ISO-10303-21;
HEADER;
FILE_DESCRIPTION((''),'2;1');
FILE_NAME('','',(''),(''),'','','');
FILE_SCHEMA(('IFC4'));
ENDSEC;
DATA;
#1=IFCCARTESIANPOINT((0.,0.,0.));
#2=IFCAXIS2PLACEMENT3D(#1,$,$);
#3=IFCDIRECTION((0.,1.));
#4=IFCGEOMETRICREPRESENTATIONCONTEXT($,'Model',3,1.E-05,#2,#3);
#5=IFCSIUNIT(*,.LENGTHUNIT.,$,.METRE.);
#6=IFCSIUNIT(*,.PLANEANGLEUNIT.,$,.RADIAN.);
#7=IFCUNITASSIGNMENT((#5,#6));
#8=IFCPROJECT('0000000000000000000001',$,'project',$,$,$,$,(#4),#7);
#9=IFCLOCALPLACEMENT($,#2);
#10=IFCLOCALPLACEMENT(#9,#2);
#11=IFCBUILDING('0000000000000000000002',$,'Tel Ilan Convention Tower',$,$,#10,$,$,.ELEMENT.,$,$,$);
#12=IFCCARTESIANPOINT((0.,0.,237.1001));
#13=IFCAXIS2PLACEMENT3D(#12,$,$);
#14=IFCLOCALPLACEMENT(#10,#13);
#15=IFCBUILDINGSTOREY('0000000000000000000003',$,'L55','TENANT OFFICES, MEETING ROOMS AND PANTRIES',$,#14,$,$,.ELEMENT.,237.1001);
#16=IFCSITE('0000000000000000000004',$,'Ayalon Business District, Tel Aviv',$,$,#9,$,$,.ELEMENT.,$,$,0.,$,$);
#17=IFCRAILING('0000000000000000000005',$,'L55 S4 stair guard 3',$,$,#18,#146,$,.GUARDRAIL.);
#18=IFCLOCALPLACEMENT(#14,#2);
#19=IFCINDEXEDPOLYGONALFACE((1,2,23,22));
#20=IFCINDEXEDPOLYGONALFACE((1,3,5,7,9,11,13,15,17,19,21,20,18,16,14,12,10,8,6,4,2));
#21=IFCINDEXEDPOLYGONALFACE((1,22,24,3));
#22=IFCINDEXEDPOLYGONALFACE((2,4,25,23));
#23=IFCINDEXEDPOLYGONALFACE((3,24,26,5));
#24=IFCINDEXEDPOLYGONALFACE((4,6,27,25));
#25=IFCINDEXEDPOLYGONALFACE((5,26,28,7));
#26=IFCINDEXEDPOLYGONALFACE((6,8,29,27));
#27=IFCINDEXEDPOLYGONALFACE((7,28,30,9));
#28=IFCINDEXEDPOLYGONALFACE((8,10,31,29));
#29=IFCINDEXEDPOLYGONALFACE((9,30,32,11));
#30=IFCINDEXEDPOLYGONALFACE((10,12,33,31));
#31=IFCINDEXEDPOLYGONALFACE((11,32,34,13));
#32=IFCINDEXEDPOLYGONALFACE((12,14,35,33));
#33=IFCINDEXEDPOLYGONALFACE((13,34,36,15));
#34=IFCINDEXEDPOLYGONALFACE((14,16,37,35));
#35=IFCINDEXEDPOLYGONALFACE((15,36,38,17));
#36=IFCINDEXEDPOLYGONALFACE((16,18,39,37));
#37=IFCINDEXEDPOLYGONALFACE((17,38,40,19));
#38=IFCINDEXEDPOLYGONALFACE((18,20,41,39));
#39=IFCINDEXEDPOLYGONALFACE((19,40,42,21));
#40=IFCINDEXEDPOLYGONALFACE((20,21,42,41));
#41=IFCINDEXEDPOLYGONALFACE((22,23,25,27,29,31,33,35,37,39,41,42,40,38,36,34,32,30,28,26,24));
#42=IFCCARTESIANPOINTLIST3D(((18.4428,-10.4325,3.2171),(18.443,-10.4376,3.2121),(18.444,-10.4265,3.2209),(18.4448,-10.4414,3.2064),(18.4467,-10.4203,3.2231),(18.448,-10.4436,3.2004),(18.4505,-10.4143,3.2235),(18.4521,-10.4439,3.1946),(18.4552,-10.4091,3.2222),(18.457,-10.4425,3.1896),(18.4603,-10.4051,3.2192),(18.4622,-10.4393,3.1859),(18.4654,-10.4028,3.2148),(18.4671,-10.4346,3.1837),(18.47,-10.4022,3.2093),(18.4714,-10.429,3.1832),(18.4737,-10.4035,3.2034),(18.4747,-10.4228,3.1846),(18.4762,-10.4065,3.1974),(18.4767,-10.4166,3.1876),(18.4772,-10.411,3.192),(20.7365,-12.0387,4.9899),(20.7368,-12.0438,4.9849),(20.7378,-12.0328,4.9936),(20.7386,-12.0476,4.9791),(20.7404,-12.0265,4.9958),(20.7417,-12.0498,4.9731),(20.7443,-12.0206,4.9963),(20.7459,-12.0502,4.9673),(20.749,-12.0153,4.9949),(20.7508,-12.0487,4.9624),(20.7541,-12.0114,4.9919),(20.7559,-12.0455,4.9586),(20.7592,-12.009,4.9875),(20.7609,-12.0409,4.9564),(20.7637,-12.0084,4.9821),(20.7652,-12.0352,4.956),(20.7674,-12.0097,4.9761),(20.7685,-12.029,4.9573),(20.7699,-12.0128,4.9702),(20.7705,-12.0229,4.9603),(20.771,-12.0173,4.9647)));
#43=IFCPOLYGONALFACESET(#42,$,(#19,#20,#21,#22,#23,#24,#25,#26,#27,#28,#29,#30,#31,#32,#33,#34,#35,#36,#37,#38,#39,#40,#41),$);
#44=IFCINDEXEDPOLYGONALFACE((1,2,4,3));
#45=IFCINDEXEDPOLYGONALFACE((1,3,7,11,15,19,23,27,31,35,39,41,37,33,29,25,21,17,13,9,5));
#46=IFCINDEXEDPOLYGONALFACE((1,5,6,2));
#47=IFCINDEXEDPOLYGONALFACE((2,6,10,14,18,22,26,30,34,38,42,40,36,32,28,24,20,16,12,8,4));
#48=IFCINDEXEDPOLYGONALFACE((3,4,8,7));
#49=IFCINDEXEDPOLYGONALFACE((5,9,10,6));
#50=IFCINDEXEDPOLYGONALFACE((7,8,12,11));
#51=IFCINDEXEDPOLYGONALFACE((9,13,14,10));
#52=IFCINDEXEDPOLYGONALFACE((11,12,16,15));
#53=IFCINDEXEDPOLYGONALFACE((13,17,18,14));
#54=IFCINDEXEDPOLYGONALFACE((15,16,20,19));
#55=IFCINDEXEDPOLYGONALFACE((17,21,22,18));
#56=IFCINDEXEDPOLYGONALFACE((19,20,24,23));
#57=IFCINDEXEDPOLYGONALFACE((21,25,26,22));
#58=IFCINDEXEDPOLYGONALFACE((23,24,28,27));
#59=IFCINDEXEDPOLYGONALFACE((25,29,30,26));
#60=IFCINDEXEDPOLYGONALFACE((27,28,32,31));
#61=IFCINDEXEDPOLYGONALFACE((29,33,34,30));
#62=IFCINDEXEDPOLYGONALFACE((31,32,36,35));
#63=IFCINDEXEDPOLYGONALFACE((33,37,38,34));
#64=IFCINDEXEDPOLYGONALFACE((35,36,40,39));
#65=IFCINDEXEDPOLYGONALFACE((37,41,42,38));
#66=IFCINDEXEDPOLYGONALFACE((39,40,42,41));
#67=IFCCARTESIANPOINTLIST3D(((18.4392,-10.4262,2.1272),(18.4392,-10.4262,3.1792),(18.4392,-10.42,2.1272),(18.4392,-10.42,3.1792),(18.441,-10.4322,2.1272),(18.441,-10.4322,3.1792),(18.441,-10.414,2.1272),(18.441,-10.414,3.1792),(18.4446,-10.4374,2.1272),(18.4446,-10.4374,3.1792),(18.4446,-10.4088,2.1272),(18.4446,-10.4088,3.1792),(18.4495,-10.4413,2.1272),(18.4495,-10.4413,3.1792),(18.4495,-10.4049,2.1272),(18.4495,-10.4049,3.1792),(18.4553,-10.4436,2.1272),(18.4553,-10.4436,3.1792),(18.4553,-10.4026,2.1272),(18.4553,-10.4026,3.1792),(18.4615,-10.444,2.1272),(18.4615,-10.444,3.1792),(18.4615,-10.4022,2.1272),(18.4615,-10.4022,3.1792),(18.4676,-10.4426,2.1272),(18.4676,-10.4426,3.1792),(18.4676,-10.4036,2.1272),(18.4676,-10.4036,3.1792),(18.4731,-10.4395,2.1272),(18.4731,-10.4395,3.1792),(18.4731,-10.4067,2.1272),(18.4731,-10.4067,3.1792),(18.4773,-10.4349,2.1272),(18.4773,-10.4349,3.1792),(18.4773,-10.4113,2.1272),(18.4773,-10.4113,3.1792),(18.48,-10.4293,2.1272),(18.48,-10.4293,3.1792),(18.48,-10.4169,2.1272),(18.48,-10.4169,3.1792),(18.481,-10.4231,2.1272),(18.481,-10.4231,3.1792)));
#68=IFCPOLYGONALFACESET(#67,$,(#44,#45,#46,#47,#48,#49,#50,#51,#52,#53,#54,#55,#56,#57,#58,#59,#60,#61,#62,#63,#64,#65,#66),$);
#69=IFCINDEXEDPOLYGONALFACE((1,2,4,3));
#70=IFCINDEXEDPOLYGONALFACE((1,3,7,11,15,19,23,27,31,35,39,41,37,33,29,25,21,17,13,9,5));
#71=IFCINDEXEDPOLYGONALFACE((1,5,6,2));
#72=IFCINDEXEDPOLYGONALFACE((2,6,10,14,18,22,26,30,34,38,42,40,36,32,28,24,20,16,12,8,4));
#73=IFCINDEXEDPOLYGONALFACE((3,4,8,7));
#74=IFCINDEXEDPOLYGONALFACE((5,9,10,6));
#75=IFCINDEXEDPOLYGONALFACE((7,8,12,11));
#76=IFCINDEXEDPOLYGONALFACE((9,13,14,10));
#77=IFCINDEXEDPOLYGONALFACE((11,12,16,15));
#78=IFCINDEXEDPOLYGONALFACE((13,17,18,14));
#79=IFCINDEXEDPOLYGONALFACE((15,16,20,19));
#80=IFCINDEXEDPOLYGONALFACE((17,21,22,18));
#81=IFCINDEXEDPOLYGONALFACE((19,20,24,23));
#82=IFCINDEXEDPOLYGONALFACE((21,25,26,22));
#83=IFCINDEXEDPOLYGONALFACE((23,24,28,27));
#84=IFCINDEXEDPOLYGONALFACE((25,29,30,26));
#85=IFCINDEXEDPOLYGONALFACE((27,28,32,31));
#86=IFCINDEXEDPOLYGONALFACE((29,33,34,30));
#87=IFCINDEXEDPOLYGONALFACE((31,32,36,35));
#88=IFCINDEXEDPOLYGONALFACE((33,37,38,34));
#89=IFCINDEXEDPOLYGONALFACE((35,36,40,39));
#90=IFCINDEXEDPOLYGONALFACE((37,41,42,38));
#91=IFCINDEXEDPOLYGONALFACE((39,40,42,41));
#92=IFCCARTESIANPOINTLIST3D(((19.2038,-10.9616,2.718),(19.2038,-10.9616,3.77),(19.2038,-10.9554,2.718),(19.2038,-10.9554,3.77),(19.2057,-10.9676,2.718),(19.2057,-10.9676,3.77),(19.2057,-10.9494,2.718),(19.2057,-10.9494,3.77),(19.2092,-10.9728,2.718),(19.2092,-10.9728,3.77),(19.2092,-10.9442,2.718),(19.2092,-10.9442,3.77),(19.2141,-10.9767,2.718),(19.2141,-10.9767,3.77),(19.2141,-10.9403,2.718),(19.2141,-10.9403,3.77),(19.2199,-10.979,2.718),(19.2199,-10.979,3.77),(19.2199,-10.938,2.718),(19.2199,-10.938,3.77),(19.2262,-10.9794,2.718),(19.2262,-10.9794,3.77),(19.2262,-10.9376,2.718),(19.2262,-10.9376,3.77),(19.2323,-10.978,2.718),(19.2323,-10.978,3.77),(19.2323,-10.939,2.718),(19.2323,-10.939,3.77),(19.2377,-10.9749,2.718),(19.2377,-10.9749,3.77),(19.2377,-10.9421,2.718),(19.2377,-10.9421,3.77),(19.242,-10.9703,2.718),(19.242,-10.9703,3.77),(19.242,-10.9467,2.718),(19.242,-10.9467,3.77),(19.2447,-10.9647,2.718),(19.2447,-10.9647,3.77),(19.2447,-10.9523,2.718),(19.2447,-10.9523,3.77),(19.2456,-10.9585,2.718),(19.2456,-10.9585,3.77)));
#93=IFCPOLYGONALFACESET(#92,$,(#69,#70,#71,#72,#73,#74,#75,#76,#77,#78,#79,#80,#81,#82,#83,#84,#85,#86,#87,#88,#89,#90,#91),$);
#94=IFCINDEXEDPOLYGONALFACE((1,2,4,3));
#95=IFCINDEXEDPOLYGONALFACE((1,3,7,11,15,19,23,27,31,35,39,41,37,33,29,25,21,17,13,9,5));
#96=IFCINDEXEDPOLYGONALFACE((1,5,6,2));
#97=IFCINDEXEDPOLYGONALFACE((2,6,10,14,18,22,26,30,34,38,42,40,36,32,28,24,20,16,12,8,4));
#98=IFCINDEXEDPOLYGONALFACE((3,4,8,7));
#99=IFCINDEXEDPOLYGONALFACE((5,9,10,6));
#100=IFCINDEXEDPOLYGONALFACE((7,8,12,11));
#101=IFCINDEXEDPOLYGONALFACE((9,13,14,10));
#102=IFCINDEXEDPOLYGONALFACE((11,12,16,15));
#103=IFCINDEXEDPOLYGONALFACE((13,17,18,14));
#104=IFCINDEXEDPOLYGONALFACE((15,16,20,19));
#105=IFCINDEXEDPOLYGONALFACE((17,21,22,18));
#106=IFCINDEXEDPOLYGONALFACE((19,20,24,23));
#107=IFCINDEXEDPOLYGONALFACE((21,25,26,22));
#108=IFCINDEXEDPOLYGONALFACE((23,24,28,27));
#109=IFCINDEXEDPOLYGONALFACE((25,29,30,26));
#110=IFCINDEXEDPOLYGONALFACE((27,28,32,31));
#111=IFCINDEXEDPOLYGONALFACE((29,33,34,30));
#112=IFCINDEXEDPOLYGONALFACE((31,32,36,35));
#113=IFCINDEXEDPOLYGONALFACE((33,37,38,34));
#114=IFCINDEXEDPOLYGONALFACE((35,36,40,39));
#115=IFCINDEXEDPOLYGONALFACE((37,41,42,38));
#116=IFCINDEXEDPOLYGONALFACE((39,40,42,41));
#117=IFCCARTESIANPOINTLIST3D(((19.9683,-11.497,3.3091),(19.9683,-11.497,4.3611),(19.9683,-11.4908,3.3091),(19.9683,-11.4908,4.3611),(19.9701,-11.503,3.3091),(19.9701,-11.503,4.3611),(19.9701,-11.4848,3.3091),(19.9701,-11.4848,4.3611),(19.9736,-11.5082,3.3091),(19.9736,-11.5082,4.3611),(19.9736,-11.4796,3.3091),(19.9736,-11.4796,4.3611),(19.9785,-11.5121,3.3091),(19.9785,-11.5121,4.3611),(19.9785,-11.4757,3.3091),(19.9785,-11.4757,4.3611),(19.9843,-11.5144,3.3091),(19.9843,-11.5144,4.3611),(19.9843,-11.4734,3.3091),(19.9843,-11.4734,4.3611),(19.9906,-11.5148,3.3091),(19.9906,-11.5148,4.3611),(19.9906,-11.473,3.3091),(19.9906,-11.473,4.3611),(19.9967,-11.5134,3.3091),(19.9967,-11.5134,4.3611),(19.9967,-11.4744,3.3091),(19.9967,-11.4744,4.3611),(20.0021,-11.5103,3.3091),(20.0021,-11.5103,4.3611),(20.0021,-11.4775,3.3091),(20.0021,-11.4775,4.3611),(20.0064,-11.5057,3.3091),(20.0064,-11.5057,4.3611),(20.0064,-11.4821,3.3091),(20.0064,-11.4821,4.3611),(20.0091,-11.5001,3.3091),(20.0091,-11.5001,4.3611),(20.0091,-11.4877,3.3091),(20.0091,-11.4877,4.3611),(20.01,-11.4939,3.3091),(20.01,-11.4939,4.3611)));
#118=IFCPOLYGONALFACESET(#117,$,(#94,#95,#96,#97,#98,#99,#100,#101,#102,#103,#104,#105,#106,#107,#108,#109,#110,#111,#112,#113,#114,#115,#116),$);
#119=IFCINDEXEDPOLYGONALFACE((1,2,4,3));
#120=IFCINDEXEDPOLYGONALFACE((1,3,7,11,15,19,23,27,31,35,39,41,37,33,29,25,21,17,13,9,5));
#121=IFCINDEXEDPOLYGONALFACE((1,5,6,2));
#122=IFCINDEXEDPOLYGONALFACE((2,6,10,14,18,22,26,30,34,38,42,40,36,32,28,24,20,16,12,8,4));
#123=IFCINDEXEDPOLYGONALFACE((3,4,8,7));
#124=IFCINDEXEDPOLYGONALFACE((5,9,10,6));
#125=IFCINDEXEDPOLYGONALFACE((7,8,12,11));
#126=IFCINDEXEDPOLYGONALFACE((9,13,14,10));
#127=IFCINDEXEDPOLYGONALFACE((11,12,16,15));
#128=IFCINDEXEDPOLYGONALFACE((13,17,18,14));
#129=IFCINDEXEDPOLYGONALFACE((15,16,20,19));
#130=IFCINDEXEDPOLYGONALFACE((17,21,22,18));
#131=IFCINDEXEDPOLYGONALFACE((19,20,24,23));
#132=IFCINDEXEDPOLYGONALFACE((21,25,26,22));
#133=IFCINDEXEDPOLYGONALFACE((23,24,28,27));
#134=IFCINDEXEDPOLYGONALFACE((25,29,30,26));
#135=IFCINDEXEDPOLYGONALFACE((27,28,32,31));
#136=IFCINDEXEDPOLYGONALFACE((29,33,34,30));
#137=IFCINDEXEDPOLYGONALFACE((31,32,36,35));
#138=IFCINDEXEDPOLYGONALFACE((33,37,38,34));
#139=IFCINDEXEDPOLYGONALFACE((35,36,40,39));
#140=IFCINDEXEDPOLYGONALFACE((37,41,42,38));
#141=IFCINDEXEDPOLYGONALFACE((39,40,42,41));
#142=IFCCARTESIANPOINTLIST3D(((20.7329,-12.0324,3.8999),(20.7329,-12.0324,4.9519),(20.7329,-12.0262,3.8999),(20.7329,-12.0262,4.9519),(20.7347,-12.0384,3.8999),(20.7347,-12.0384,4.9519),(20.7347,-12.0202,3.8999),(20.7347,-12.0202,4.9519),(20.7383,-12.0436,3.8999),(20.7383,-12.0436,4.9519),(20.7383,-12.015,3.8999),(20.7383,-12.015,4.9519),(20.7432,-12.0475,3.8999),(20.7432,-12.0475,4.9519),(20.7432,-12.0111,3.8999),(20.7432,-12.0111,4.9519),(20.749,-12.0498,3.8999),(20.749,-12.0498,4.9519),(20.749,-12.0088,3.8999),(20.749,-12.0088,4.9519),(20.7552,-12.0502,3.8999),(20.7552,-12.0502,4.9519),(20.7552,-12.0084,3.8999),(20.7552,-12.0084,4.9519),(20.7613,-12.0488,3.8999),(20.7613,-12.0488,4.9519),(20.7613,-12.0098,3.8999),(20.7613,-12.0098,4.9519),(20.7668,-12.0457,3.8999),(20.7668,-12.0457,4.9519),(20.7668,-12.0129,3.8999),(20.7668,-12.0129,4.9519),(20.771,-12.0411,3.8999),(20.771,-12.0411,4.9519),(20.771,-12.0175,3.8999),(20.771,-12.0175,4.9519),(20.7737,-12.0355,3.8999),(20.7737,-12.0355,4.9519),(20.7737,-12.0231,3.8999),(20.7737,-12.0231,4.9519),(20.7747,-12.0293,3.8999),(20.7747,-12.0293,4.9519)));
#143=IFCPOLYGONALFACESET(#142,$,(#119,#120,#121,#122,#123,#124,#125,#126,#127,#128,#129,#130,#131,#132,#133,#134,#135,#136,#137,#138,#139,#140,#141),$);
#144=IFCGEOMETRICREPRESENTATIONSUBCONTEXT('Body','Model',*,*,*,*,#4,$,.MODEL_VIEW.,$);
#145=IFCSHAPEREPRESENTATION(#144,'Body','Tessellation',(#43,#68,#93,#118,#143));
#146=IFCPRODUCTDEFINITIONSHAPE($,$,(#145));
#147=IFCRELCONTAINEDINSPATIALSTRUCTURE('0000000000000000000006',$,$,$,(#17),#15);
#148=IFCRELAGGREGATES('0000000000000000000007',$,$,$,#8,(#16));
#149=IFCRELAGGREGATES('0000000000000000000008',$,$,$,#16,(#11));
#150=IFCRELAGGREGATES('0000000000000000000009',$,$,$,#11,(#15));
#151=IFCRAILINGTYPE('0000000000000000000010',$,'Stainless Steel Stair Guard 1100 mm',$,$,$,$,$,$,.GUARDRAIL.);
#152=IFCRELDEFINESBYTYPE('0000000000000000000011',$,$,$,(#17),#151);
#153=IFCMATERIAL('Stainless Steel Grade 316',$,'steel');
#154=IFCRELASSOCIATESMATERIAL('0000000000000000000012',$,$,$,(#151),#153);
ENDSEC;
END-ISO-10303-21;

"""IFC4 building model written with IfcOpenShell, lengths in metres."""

from ifc_helpers import new_model, si_unit, direction, frame, origin, origin_2d, place, context, subcontext, project, spatial, circle, extrude, material, type_object, element, save


model = new_model("IFC4")

# Units and contexts
model_context = context("Model", 3, precision=1e-05, world=origin(), true_north=direction((0.0, 1.0)))
body_context = subcontext(model_context, "Body", "Model", "MODEL_VIEW")
ifc_project = project(units=[si_unit("LENGTHUNIT", "METRE"), si_unit("PLANEANGLEUNIT", "RADIAN")], contexts=[model_context])

# Site, building, storey
site_placement = place(None, origin())
site = spatial("IfcSite", under=ifc_project, at=site_placement, Name="Ayalon Business District, Tel Aviv", CompositionType="ELEMENT", RefElevation=0.0)
building_placement = place(site_placement, origin())
building = spatial("IfcBuilding", under=site, at=building_placement, Name="Tel Ilan Convention Tower", CompositionType="ELEMENT")
storey_placement = place(building_placement, frame((0.0, 0.0, 237.1001)))
storey = spatial("IfcBuildingStorey", under=building, at=storey_placement, Name="L55", Description="TENANT OFFICES, MEETING ROOMS AND PANTRIES", CompositionType="ELEMENT", Elevation=237.1001)

# Railing
ifc_material_1 = material(Name="Stainless Steel Grade 316", Category="steel")
railing_type_1 = type_object("IfcRailingType", Name="Stainless Steel Stair Guard 1100 mm", PredefinedType="GUARDRAIL", material=ifc_material_1)
railing_1_placement = place(storey_placement, frame((18.46, -10.4231, 2.1272)))
element("IfcRailing", 1, at=railing_1_placement, inside=storey, type_object=railing_type_1, Name="L55 S4 stair guard 3", PredefinedType="GUARDRAIL", context=body_context, shape_type="SweptSolid", body=[
    extrude(circle(Radius=0.0239, at=origin_2d()), frame((0.0, 0.0, 1.0762), z_axis=(0.692098, -0.484653, 0.534894), x_axis=(0.573609, 0.81913, 0.0)), (0.0, 0.0, 1.0), 3.3142),
    extrude(circle(Radius=0.021, at=origin_2d()), origin(), (0.0, 0.0, 1.0), 1.052),
    extrude(circle(Radius=0.021, at=origin_2d()), frame((0.7646, -0.5354, 0.5908)), (0.0, 0.0, 1.0), 1.052),
    extrude(circle(Radius=0.021, at=origin_2d()), frame((1.5291, -1.0708, 1.1819)), (0.0, 0.0, 1.0), 1.052),
    extrude(circle(Radius=0.021, at=origin_2d()), frame((2.2937, -1.6062, 1.7727)), (0.0, 0.0, 1.0), 1.052),
])

save(model, "model.ifc")
